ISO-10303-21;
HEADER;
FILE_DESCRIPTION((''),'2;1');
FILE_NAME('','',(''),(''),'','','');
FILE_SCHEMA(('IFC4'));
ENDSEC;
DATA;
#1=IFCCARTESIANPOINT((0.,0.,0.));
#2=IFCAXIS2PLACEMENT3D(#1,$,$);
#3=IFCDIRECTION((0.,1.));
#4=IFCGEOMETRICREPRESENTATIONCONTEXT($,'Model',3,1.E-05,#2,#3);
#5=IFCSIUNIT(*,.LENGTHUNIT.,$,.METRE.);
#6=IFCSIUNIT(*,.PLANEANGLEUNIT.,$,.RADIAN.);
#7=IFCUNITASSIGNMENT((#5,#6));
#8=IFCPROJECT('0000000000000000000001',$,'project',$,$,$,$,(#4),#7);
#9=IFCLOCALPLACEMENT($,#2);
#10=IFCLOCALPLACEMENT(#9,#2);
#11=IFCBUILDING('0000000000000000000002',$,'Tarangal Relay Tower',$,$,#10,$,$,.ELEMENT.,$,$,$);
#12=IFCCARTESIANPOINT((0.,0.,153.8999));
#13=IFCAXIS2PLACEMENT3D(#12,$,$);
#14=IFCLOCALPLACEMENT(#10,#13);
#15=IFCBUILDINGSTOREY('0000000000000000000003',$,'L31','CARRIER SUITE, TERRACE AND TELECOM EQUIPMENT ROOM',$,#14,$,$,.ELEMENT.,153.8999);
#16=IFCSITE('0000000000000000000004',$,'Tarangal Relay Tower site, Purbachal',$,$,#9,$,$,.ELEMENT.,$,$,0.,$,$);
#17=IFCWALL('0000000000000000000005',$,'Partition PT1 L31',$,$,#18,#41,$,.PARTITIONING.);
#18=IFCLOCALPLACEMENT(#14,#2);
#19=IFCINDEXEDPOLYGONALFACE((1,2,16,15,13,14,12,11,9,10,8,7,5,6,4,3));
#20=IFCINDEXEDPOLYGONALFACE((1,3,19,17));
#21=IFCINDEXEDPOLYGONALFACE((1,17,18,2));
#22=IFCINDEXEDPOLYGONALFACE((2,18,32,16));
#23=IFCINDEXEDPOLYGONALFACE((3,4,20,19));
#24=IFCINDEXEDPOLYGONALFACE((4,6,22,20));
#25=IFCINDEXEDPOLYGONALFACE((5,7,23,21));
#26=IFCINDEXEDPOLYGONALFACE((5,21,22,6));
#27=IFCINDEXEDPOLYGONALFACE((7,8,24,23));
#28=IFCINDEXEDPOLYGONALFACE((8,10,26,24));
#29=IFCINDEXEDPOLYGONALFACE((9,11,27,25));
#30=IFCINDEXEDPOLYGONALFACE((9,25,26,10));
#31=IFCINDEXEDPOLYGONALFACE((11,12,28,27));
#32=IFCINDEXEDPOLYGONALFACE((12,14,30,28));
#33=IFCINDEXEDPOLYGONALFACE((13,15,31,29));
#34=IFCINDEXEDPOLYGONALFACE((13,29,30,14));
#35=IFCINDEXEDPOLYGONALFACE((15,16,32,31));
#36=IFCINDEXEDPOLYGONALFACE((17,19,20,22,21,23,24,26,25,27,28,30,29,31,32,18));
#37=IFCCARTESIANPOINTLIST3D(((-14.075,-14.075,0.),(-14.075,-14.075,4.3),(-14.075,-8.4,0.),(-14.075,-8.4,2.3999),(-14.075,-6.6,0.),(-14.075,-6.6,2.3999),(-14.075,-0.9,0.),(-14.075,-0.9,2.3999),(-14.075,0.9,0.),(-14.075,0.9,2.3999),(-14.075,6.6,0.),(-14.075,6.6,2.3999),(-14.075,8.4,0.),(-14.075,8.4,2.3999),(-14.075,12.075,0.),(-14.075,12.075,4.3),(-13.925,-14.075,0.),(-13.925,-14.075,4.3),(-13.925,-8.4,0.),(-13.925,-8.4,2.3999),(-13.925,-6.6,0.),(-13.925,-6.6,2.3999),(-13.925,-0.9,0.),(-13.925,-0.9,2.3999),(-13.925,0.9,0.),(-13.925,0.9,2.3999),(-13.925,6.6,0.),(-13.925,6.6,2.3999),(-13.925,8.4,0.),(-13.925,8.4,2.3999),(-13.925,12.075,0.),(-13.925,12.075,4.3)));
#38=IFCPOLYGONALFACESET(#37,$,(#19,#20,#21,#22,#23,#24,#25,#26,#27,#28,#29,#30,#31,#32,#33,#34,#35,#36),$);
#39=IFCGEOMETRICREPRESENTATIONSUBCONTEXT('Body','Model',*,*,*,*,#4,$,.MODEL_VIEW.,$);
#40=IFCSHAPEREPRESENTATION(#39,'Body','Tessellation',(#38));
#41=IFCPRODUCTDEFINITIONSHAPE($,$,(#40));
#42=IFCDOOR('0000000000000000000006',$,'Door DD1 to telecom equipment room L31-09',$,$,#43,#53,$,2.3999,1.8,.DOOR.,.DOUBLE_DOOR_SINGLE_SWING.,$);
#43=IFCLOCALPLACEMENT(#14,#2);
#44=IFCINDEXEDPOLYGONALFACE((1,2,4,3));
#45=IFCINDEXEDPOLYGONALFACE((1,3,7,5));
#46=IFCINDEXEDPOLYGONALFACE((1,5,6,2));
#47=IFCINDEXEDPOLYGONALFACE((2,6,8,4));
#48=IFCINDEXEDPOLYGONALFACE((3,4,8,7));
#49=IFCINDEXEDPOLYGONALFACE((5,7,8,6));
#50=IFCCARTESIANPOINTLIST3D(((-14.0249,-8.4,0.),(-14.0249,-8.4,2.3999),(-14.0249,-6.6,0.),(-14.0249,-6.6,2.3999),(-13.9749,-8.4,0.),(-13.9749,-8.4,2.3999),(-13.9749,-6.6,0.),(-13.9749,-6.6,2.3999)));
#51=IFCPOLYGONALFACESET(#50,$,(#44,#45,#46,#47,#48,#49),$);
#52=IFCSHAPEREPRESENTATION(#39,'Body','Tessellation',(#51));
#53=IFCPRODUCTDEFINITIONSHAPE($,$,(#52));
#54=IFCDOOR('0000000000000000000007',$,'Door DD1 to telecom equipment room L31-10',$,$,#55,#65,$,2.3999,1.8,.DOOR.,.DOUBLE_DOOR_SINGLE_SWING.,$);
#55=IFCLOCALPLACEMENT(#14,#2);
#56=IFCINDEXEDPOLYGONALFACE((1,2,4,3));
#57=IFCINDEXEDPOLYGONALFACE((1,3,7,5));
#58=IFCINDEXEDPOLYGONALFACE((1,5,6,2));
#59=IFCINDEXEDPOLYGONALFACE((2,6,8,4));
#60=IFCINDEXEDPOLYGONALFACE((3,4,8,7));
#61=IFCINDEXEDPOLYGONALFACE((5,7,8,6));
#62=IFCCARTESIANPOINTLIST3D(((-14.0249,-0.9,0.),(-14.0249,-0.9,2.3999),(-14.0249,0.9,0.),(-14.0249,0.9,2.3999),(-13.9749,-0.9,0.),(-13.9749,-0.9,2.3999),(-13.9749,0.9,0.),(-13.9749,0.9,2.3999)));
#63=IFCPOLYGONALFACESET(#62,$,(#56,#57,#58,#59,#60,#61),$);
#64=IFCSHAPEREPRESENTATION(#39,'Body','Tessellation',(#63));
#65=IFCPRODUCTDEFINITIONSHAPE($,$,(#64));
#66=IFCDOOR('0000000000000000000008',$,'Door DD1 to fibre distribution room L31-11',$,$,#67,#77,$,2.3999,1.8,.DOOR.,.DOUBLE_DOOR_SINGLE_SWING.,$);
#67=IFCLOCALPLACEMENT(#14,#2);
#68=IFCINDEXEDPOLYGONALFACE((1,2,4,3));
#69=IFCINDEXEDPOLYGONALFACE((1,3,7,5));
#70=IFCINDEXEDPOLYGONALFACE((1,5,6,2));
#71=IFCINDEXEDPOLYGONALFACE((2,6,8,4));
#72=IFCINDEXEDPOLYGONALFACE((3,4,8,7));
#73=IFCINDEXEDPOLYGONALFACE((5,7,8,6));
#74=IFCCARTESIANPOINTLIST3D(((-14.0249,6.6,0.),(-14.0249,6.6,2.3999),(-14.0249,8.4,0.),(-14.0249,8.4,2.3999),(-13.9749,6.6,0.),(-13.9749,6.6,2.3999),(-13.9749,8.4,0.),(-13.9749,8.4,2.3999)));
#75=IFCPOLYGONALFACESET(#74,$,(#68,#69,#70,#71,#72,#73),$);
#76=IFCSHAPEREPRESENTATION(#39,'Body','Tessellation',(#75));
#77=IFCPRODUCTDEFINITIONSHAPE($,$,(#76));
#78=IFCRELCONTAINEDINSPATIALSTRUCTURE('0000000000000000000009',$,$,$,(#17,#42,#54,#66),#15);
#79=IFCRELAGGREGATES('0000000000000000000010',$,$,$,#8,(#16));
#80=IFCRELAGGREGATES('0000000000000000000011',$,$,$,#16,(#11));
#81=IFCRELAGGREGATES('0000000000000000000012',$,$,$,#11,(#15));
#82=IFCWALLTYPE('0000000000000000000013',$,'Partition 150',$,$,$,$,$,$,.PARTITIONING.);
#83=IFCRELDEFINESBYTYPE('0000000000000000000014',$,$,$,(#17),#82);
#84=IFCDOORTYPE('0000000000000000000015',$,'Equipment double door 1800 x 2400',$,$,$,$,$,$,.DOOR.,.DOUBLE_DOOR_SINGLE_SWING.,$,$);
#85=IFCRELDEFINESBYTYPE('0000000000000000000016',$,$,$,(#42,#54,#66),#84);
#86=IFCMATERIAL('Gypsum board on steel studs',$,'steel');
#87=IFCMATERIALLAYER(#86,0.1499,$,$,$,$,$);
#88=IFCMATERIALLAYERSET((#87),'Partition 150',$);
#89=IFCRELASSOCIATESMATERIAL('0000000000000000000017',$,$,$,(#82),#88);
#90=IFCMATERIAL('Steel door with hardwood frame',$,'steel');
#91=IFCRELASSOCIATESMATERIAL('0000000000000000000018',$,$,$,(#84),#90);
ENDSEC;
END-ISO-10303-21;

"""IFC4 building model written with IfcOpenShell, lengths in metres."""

from ifc_helpers import new_model, si_unit, direction, frame, frame_2d, origin, place, context, subcontext, project, spatial, rectangle, extrude, material, layer, layer_set, type_object, element, fill, save


model = new_model("IFC4")

# Units and contexts
model_context = context("Model", 3, precision=1e-05, world=origin(), true_north=direction((0.0, 1.0)))
body_context = subcontext(model_context, "Body", "Model", "MODEL_VIEW")
ifc_project = project(units=[si_unit("LENGTHUNIT", "METRE"), si_unit("PLANEANGLEUNIT", "RADIAN")], contexts=[model_context])

# Site, building, storey
site_placement = place(None, origin())
site = spatial("IfcSite", under=ifc_project, at=site_placement, Name="Tarangal Relay Tower site, Purbachal", CompositionType="ELEMENT", RefElevation=0.0)
building_placement = place(site_placement, origin())
building = spatial("IfcBuilding", under=site, at=building_placement, Name="Tarangal Relay Tower", CompositionType="ELEMENT")
storey_placement = place(building_placement, frame((0.0, 0.0, 153.8999)))
storey = spatial("IfcBuildingStorey", under=building, at=storey_placement, Name="L31", Description="CARRIER SUITE, TERRACE AND TELECOM EQUIPMENT ROOM", CompositionType="ELEMENT", Elevation=153.8999)

# Wall, openings, doors
ifc_material_1 = material(Name="Gypsum board on steel studs", Category="steel")
ifc_layer_1 = layer(ifc_material_1, 0.1499)
ifc_layer_set_1 = layer_set([ifc_layer_1], Name="Partition 150")
wall_type_1 = type_object("IfcWallType", Name="Partition 150", PredefinedType="PARTITIONING", material=ifc_layer_set_1)
ifc_material_2 = material(Name="Steel door with hardwood frame", Category="steel")
door_type_1 = type_object("IfcDoorType", Name="Equipment double door 1800 x 2400", OperationType="DOUBLE_DOOR_SINGLE_SWING", PredefinedType="DOOR", material=ifc_material_2)
wall_1_placement = place(storey_placement, frame((-14.0, -14.075, 0.0), z_axis=(0.0, 0.0, 1.0), x_axis=(0.0, 1.0, 0.0)))
wall_1 = element("IfcWall", 1, at=wall_1_placement, inside=storey, type_object=wall_type_1, Name="Partition PT1 L31", PredefinedType="PARTITIONING", context=body_context, shape_type="SweptSolid", body=[
    extrude(rectangle(XDim=26.1499, YDim=0.1499, at=frame_2d((13.075, 0.0))), origin(), (0.0, 0.0, 1.0), 4.3),
])
opening_1_placement = place(wall_1_placement, frame((5.675, 0.0, 0.0)))
opening_1 = element("IfcOpeningElement", 2, at=opening_1_placement, cuts=wall_1, PredefinedType="OPENING", context=body_context, shape_type="SweptSolid", body=[
    extrude(rectangle(XDim=1.8, YDim=2.3999, at=frame_2d((0.8999, 1.2))), frame((0.0, 0.085, 0.0), z_axis=(0.0, -1.0, 0.0), x_axis=(1.0, 0.0, 0.0)), (0.0, 0.0, 1.0), 0.1699),
])
opening_2_placement = place(wall_1_placement, frame((13.175, 0.0, 0.0)))
opening_2 = element("IfcOpeningElement", 3, at=opening_2_placement, cuts=wall_1, PredefinedType="OPENING", context=body_context, shape_type="SweptSolid", body=[
    extrude(rectangle(XDim=1.8, YDim=2.3999, at=frame_2d((0.8999, 1.2))), frame((0.0, 0.085, 0.0), z_axis=(0.0, -1.0, 0.0), x_axis=(1.0, 0.0, 0.0)), (0.0, 0.0, 1.0), 0.1699),
])
opening_3_placement = place(wall_1_placement, frame((20.675, 0.0, 0.0)))
opening_3 = element("IfcOpeningElement", 4, at=opening_3_placement, cuts=wall_1, PredefinedType="OPENING", context=body_context, shape_type="SweptSolid", body=[
    extrude(rectangle(XDim=1.8, YDim=2.3999, at=frame_2d((0.8999, 1.2))), frame((0.0, 0.085, 0.0), z_axis=(0.0, -1.0, 0.0), x_axis=(1.0, 0.0, 0.0)), (0.0, 0.0, 1.0), 0.1699),
])
door_1_placement = place(opening_1_placement, origin())
door_1 = element("IfcDoor", 5, at=door_1_placement, inside=storey, type_object=door_type_1, Name="Door DD1 to telecom equipment room L31-09", OperationType="DOUBLE_DOOR_SINGLE_SWING", OverallHeight=2.3999, OverallWidth=1.8, PredefinedType="DOOR", context=body_context, shape_type="SweptSolid", body=[
    extrude(rectangle(XDim=1.8, YDim=2.3999, at=frame_2d((0.8999, 1.2))), frame((0.0, 0.0249, 0.0), z_axis=(0.0, -1.0, 0.0), x_axis=(1.0, 0.0, 0.0)), (0.0, 0.0, 1.0), 0.05),
])
fill(opening_1, door_1)
door_2_placement = place(opening_2_placement, origin())
door_2 = element("IfcDoor", 6, at=door_2_placement, inside=storey, type_object=door_type_1, Name="Door DD1 to telecom equipment room L31-10", OperationType="DOUBLE_DOOR_SINGLE_SWING", OverallHeight=2.3999, OverallWidth=1.8, PredefinedType="DOOR", context=body_context, shape_type="SweptSolid", body=[
    extrude(rectangle(XDim=1.8, YDim=2.3999, at=frame_2d((0.8999, 1.2))), frame((0.0, 0.0249, 0.0), z_axis=(0.0, -1.0, 0.0), x_axis=(1.0, 0.0, 0.0)), (0.0, 0.0, 1.0), 0.05),
])
fill(opening_2, door_2)
door_3_placement = place(opening_3_placement, origin())
door_3 = element("IfcDoor", 7, at=door_3_placement, inside=storey, type_object=door_type_1, Name="Door DD1 to fibre distribution room L31-11", OperationType="DOUBLE_DOOR_SINGLE_SWING", OverallHeight=2.3999, OverallWidth=1.8, PredefinedType="DOOR", context=body_context, shape_type="SweptSolid", body=[
    extrude(rectangle(XDim=1.8, YDim=2.3999, at=frame_2d((0.8999, 1.2))), frame((0.0, 0.0249, 0.0), z_axis=(0.0, -1.0, 0.0), x_axis=(1.0, 0.0, 0.0)), (0.0, 0.0, 1.0), 0.05),
])
fill(opening_3, door_3)

save(model, "model.ifc")
